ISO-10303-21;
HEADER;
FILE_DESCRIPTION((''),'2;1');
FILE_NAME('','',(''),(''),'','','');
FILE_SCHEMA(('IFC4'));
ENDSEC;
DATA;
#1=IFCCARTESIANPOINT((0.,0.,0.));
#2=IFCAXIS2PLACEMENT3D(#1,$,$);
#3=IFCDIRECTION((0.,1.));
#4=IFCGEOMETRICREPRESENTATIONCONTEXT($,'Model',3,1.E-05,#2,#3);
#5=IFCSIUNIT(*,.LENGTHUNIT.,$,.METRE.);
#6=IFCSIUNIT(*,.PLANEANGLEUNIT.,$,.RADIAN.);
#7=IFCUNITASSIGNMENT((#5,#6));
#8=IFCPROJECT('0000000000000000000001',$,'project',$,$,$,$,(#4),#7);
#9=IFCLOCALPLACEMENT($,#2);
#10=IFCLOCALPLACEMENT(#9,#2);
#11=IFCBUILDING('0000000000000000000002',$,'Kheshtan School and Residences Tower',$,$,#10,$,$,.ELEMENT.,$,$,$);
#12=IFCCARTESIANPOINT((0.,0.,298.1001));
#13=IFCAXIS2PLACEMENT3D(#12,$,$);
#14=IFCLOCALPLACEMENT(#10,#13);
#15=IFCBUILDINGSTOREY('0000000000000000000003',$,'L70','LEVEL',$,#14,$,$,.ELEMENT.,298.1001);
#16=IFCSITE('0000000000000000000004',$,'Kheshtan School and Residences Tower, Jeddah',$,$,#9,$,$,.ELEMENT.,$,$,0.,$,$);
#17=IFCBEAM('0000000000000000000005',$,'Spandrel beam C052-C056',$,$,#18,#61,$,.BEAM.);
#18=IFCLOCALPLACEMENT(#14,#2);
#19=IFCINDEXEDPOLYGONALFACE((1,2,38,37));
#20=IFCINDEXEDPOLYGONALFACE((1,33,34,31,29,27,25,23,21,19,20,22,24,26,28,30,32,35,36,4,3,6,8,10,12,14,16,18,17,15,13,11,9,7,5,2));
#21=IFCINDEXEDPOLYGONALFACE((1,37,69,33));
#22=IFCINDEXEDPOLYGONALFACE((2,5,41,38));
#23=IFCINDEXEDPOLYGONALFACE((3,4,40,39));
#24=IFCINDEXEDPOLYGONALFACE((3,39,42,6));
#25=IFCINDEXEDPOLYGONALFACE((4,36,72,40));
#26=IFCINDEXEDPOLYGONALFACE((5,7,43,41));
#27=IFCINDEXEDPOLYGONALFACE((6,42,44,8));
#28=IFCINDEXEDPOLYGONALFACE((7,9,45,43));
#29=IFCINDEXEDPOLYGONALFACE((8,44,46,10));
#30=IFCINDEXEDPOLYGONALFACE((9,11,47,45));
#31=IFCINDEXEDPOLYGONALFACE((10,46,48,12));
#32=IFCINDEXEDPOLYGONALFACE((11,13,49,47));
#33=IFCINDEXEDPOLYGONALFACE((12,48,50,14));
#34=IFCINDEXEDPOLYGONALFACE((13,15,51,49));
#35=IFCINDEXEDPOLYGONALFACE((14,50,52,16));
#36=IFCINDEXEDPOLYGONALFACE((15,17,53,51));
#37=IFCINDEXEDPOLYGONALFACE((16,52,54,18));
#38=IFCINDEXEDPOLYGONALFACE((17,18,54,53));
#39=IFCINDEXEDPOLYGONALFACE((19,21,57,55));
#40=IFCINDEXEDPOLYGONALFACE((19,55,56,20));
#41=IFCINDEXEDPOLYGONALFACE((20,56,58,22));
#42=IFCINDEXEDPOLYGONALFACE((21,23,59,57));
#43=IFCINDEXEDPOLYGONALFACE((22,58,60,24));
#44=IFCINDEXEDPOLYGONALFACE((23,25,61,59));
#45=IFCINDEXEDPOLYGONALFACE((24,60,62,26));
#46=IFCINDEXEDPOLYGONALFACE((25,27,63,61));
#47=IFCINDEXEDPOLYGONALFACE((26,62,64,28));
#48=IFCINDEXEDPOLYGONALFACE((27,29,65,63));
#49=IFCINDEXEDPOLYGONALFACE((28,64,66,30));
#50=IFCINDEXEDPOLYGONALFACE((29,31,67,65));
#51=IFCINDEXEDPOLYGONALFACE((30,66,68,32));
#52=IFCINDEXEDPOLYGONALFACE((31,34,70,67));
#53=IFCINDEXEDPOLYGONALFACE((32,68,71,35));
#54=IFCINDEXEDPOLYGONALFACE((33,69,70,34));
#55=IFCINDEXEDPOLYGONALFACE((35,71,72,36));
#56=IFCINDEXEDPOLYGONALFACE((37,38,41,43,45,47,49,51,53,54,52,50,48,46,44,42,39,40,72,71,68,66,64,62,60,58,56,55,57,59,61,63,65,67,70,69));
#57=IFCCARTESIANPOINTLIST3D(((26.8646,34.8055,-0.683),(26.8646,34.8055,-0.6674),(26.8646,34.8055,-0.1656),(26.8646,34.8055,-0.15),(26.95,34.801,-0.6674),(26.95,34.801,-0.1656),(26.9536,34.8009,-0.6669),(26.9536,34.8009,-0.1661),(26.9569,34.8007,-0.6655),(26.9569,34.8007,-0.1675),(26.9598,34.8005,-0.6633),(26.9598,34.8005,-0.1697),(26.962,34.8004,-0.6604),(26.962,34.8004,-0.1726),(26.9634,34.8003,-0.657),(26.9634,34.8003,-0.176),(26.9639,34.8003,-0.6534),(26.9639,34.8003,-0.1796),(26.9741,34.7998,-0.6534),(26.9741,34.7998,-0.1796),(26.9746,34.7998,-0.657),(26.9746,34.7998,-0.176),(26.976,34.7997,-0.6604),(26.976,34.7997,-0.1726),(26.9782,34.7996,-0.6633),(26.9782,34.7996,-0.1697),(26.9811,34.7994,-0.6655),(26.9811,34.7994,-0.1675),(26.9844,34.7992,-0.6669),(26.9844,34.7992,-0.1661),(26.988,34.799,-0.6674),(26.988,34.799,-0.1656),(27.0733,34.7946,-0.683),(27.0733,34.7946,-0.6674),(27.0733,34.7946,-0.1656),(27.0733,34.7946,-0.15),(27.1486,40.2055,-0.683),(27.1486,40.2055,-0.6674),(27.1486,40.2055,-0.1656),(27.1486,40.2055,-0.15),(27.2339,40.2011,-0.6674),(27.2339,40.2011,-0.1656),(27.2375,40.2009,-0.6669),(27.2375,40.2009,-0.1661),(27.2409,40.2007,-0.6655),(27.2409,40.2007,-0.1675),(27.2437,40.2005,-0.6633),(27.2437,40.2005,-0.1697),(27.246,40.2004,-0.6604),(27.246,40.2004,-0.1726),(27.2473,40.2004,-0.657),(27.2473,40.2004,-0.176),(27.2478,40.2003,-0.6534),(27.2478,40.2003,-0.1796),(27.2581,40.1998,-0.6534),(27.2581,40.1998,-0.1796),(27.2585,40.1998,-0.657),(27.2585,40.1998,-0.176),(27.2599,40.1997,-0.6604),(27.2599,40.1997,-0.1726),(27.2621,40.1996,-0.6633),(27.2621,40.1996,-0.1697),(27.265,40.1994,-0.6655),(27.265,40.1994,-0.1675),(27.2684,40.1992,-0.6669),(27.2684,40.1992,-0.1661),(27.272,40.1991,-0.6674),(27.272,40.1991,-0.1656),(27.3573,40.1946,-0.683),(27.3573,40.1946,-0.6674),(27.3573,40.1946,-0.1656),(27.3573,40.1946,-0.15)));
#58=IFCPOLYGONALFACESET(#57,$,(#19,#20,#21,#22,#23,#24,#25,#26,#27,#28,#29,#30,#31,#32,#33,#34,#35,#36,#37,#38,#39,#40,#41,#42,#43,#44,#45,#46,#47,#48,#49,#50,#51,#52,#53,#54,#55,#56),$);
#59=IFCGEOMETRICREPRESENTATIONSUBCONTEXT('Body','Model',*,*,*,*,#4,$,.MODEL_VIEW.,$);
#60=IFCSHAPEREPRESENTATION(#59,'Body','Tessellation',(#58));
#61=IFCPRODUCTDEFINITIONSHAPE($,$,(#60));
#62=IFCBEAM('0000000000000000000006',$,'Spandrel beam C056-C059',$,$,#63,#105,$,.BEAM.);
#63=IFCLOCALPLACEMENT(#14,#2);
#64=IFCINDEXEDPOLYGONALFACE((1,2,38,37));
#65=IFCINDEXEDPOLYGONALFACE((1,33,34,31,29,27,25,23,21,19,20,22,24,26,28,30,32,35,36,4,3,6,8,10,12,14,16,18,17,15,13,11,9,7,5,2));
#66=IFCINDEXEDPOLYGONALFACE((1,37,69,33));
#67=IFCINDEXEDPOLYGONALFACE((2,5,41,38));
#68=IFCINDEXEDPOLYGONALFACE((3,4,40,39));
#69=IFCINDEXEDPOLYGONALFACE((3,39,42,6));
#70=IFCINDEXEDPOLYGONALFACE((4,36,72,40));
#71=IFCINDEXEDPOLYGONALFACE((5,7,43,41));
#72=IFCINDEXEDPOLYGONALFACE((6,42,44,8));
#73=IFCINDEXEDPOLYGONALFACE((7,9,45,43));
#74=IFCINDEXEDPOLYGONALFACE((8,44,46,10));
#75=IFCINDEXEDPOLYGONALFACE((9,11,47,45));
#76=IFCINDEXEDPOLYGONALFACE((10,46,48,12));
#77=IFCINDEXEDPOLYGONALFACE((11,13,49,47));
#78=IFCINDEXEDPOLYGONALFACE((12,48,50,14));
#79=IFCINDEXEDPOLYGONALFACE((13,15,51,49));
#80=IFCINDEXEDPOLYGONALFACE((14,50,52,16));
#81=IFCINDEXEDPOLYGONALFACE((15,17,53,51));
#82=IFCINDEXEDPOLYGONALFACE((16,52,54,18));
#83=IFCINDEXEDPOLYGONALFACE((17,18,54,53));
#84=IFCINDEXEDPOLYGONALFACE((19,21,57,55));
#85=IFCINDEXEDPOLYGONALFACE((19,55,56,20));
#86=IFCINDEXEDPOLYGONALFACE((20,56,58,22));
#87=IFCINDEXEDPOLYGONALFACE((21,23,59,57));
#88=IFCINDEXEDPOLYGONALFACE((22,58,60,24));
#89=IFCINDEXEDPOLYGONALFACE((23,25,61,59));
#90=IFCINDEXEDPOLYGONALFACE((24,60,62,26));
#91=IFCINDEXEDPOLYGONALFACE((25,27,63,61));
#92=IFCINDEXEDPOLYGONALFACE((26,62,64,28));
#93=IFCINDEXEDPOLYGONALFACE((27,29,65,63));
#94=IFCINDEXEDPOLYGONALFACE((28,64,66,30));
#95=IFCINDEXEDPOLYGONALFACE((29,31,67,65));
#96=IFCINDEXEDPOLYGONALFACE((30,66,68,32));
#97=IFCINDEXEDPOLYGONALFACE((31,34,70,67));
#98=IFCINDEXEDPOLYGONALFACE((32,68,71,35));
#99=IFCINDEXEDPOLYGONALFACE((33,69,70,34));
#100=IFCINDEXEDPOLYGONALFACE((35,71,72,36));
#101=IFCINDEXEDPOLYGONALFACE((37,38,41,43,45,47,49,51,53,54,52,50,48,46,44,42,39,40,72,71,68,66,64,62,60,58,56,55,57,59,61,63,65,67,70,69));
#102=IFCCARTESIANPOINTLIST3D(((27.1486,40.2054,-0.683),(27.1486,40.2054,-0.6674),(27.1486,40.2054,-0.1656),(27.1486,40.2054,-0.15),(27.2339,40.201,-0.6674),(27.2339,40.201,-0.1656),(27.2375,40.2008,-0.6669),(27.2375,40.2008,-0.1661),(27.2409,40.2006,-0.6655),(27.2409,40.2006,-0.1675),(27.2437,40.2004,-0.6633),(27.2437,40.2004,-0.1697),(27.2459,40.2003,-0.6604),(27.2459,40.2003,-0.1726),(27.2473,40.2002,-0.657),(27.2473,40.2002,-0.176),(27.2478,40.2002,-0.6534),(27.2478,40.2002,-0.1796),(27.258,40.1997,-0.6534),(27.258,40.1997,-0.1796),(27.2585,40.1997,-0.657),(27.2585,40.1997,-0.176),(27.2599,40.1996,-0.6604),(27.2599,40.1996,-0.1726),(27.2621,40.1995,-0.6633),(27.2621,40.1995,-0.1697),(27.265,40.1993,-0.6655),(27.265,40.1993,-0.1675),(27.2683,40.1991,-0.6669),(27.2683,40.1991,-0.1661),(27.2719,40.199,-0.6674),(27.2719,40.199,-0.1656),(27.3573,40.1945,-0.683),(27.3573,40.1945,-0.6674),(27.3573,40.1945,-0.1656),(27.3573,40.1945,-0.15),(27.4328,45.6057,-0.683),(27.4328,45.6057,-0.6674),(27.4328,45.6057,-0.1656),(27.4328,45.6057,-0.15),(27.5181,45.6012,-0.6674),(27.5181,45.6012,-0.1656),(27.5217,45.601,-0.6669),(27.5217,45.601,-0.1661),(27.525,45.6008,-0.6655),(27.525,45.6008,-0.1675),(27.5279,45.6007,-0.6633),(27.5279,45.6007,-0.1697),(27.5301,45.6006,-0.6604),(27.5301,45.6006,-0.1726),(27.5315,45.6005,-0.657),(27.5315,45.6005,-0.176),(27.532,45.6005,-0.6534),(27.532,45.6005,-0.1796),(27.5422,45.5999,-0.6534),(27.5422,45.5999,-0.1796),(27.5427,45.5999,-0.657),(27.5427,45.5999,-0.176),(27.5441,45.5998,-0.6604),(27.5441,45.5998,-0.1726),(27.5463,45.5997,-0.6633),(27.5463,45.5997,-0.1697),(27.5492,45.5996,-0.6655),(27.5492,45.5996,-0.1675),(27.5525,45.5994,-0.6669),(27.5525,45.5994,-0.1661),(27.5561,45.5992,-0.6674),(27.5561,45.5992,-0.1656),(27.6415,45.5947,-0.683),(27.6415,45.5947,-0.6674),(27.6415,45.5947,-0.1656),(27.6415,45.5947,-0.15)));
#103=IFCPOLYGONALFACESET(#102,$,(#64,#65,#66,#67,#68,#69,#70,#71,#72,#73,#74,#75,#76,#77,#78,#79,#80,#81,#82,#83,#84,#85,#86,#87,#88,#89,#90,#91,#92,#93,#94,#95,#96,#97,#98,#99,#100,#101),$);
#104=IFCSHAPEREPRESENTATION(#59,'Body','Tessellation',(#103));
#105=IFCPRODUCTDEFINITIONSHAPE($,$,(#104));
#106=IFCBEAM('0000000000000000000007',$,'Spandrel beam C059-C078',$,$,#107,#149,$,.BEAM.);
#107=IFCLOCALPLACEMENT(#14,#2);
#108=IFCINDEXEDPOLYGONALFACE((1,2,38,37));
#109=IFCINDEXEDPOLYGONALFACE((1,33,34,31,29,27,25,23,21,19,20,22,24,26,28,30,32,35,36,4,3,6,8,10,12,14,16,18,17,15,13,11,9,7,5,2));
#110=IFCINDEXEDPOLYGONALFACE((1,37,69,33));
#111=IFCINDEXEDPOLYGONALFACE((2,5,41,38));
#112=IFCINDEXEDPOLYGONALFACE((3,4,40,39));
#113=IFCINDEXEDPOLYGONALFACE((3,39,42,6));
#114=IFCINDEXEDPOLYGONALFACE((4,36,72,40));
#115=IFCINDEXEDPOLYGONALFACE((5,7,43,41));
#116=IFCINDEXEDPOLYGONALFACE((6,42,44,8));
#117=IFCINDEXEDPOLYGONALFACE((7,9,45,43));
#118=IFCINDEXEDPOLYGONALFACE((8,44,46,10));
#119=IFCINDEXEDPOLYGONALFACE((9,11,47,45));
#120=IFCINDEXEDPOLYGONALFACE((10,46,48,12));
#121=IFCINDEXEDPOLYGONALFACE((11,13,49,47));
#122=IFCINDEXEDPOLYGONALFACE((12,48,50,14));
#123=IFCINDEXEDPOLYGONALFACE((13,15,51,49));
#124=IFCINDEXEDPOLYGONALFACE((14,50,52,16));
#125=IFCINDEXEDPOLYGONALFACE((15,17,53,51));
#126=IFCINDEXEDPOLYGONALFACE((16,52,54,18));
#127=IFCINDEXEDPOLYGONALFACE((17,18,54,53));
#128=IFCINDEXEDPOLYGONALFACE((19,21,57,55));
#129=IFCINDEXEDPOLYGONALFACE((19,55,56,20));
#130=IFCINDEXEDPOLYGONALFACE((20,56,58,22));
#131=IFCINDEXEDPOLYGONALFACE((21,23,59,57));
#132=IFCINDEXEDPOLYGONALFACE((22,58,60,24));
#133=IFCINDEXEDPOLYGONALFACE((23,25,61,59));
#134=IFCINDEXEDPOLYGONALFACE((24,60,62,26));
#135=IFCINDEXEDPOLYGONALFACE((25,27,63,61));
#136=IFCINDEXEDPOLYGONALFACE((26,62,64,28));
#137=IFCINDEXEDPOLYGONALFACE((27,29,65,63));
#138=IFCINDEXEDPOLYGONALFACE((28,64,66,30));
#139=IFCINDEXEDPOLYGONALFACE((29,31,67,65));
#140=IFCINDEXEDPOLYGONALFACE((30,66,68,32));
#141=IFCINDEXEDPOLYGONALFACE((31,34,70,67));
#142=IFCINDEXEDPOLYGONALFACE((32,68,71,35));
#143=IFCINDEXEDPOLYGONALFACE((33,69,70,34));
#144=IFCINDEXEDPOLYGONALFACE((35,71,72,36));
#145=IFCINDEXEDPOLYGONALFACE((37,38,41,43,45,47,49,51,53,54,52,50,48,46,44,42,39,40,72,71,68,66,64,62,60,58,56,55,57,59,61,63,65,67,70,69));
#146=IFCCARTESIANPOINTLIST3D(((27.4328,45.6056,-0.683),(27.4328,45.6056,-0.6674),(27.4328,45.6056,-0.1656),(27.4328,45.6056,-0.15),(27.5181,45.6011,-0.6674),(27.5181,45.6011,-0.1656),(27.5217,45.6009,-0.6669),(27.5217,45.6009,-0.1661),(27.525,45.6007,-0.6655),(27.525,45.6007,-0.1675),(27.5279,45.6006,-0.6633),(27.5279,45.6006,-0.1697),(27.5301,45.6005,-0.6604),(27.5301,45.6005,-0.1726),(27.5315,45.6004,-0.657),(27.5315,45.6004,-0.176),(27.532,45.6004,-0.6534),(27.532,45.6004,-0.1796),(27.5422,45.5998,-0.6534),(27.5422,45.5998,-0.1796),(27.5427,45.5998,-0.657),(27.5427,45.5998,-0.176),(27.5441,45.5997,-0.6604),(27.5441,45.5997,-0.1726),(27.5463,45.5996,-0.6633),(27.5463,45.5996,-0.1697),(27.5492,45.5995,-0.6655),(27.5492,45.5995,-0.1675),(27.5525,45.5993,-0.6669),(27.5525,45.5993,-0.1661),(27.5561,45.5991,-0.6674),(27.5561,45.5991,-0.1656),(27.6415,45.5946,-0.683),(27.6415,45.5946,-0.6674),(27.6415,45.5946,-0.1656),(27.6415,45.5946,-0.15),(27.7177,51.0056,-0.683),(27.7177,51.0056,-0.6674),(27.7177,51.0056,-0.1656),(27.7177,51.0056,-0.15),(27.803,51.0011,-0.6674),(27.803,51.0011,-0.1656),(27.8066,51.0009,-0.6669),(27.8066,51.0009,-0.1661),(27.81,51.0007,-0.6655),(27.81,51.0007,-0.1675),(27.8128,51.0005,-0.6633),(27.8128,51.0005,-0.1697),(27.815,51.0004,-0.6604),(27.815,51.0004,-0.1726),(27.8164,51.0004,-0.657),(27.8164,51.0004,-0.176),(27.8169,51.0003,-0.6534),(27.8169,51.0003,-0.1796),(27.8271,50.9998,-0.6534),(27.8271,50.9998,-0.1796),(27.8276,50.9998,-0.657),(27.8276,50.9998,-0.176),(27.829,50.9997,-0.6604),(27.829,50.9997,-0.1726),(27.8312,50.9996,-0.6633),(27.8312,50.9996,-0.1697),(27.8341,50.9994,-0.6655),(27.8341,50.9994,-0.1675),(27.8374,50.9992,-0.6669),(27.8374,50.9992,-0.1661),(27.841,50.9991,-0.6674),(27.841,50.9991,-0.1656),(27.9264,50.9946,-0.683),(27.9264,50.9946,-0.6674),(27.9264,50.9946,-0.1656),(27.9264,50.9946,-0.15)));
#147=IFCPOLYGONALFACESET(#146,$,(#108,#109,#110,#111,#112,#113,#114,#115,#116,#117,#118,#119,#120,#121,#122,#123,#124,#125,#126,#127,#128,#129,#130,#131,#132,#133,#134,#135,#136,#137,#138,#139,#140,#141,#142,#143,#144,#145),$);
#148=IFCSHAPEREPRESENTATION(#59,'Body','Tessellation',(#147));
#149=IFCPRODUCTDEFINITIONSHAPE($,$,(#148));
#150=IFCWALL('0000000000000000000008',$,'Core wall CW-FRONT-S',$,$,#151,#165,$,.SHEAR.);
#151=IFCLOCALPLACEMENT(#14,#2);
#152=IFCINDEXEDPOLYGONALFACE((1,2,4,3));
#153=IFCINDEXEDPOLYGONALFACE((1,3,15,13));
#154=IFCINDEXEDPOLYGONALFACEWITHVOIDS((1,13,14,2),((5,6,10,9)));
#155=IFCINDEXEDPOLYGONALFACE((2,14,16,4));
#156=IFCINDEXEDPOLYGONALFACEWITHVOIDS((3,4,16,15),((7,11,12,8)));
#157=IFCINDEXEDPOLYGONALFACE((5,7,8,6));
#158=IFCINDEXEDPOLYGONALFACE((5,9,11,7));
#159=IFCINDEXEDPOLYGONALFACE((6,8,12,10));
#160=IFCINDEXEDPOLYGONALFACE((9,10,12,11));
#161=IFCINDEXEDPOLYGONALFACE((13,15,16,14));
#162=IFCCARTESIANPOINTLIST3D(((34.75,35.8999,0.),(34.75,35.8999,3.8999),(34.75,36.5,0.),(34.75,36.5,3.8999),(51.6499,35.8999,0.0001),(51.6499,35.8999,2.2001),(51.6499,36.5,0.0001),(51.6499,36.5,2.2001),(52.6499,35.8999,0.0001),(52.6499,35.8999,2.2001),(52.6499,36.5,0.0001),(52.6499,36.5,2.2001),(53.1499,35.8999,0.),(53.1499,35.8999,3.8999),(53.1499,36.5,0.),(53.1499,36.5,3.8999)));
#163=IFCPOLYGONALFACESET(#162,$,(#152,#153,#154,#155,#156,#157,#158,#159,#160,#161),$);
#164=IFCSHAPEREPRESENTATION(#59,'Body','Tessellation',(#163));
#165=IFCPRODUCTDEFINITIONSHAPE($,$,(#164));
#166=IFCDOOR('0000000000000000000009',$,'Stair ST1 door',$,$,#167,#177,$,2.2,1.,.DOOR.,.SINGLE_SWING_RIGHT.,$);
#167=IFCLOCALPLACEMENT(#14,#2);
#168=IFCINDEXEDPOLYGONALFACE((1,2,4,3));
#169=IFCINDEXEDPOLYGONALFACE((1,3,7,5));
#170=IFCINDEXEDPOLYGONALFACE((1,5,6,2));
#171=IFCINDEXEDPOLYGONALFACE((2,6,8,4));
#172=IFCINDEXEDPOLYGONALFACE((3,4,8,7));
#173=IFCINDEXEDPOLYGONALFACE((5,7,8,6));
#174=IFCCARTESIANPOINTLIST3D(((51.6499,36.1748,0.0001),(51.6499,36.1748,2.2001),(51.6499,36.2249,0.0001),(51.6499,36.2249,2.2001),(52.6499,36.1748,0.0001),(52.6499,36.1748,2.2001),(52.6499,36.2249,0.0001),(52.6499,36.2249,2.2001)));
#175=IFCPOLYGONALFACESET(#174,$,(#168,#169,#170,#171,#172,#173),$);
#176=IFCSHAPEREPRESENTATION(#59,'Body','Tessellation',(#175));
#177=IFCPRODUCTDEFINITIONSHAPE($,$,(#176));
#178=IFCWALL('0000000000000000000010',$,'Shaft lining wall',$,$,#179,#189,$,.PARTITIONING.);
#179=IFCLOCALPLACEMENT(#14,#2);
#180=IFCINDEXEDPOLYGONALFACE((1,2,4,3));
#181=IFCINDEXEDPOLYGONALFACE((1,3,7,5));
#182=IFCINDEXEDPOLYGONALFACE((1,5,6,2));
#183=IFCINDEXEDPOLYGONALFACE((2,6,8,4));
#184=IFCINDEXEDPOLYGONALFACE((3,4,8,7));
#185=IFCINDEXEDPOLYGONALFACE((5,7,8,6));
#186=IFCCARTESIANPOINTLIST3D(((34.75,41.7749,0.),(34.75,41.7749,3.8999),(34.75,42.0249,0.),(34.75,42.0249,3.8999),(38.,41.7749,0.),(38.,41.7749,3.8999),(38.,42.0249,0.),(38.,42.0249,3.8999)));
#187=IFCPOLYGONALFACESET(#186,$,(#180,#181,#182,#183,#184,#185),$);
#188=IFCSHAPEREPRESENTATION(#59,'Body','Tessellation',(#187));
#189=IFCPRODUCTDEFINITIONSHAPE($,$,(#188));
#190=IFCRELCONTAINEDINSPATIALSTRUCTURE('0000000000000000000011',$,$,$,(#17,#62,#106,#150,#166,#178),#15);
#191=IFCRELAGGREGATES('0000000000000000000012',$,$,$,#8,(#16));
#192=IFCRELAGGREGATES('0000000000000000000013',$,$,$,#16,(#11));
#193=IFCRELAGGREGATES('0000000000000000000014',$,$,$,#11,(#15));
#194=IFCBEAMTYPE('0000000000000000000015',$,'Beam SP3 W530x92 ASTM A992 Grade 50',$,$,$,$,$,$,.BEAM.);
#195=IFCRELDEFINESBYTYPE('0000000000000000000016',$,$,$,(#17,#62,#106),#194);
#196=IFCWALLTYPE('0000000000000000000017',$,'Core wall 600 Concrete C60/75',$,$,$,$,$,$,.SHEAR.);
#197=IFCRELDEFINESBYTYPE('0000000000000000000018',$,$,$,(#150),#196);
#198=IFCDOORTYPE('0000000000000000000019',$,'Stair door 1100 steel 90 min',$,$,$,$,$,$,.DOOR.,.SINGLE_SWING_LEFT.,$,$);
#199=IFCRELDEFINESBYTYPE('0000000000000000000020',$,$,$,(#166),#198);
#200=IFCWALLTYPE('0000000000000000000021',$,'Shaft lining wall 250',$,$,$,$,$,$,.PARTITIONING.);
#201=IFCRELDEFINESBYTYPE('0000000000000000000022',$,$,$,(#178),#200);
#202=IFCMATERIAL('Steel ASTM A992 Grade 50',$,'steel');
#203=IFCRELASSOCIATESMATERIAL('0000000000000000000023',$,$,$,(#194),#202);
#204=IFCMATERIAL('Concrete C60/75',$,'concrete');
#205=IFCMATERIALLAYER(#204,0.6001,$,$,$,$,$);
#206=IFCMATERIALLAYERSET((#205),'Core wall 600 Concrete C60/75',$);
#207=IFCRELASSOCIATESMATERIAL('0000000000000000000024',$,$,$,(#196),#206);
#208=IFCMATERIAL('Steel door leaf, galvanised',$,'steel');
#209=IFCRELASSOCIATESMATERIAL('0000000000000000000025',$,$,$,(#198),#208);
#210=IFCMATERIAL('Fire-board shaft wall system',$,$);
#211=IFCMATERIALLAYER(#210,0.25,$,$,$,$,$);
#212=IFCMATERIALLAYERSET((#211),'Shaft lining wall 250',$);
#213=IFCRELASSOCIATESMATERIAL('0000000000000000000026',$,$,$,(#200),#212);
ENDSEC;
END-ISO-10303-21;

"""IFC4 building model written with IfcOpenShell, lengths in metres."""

from ifc_helpers import new_model, si_unit, direction, frame, frame_2d, origin, origin_2d, place, context, subcontext, project, spatial, rectangle, i_section, extrude, source, transform, mapped, material, layer, layer_set, material_profile, profile_set, type_object, element, fill, save


model = new_model("IFC4")

# Units and contexts
model_context = context("Model", 3, precision=1e-05, world=origin(), true_north=direction((0.0, 1.0)))
body_context = subcontext(model_context, "Body", "Model", "MODEL_VIEW")
ifc_project = project(units=[si_unit("LENGTHUNIT", "METRE"), si_unit("PLANEANGLEUNIT", "RADIAN")], contexts=[model_context])

# Site, building, storey
site_placement = place(None, origin())
site = spatial("IfcSite", under=ifc_project, at=site_placement, Name="Kheshtan School and Residences Tower, Jeddah", CompositionType="ELEMENT", RefElevation=0.0)
building_placement = place(site_placement, origin())
building = spatial("IfcBuilding", under=site, at=building_placement, Name="Kheshtan School and Residences Tower", CompositionType="ELEMENT")
storey_placement = place(building_placement, frame((0.0, 0.0, 298.1001)))
storey = spatial("IfcBuildingStorey", under=building, at=storey_placement, Name="L70", Description="LEVEL", CompositionType="ELEMENT", Elevation=298.1001)

# Shared definitions
ifc_material_1 = material(Name="Steel ASTM A992 Grade 50", Category="steel")

# Beams
ifc_material_profile_1 = material_profile(ifc_material_1, i_section(OverallWidth=0.209, OverallDepth=0.533, WebThickness=0.0103, FlangeThickness=0.0156, FilletRadius=0.0139, at=origin_2d()), Name="W530x92")
ifc_profile_set_1 = profile_set([ifc_material_profile_1], Name="Steel ASTM A992 Grade 50")
beam_type_1 = type_object("IfcBeamType", Name="Beam SP3 W530x92 ASTM A992 Grade 50", PredefinedType="BEAM", material=ifc_profile_set_1)
beam_1_placement = place(storey_placement, frame((26.969, 34.8, -0.4165), z_axis=(0.052509, 0.99862, 0.0), x_axis=(-0.99862, 0.052509, 0.0)))
element("IfcBeam", 1, at=beam_1_placement, inside=storey, type_object=beam_type_1, Name="Spandrel beam C052-C056", PredefinedType="BEAM", context=body_context, shape_type="SweptSolid", body=[
    extrude(i_section(OverallWidth=0.209, OverallDepth=0.533, WebThickness=0.0103, FlangeThickness=0.0156, FilletRadius=0.0139, at=origin_2d()), origin(), (0.0, 0.0, 1.0), 5.4075),
])
beam_2_placement = place(storey_placement, frame((27.2529, 40.2, -0.4165), z_axis=(0.052552, 0.998618, 0.0), x_axis=(-0.998618, 0.052552, 0.0)))
element("IfcBeam", 2, at=beam_2_placement, inside=storey, type_object=beam_type_1, Name="Spandrel beam C056-C059", PredefinedType="BEAM", context=body_context, shape_type="SweptSolid", body=[
    extrude(i_section(OverallWidth=0.209, OverallDepth=0.533, WebThickness=0.0103, FlangeThickness=0.0156, FilletRadius=0.0139, at=origin_2d()), origin(), (0.0, 0.0, 1.0), 5.4077),
])
beam_3_placement = place(storey_placement, frame((27.5371, 45.6001, -0.4165), z_axis=(0.052689, 0.998611, 0.0), x_axis=(-0.998611, 0.052689, 0.0)))
element("IfcBeam", 3, at=beam_3_placement, inside=storey, type_object=beam_type_1, Name="Spandrel beam C059-C078", PredefinedType="BEAM", context=body_context, shape_type="SweptSolid", body=[
    extrude(i_section(OverallWidth=0.209, OverallDepth=0.533, WebThickness=0.0103, FlangeThickness=0.0156, FilletRadius=0.0139, at=origin_2d()), origin(), (0.0, 0.0, 1.0), 5.4075),
])

# Wall, opening, door
ifc_material_2 = material(Name="Concrete C60/75", Category="concrete")
ifc_layer_1 = layer(ifc_material_2, 0.6001)
ifc_layer_set_1 = layer_set([ifc_layer_1], Name="Core wall 600 Concrete C60/75")
wall_type_1 = type_object("IfcWallType", Name="Core wall 600 Concrete C60/75", PredefinedType="SHEAR", material=ifc_layer_set_1)
wall_1_placement = place(storey_placement, frame((34.75, 36.2, 0.0), z_axis=(0.0, 0.0, 1.0), x_axis=(1.0, 0.0, 0.0)))
wall_1 = element("IfcWall", 4, at=wall_1_placement, inside=storey, type_object=wall_type_1, Name="Core wall CW-FRONT-S", PredefinedType="SHEAR", context=body_context, shape_type="SweptSolid", body=[
    extrude(rectangle(XDim=18.3999, YDim=0.6001, at=frame_2d((9.2, 0.0))), origin(), (0.0, 0.0, 1.0), 3.8999),
])
opening_placement = place(wall_1_placement, frame((16.8999, 0.0, 0.0)))
opening = element("IfcOpeningElement", 5, at=opening_placement, cuts=wall_1, PredefinedType="OPENING", context=body_context, shape_type="SweptSolid", body=[
    extrude(rectangle(XDim=1.0, YDim=2.2, at=frame_2d((0.5, 1.1001))), frame((0.0, 0.3101, 0.0), z_axis=(0.0, -1.0, 0.0), x_axis=(1.0, 0.0, 0.0)), (0.0, 0.0, 1.0), 0.6201),
])
ifc_material_3 = material(Name="Steel door leaf, galvanised", Category="steel")
door_type = type_object("IfcDoorType", Name="Stair door 1100 steel 90 min", OperationType="SINGLE_SWING_LEFT", PredefinedType="DOOR", material=ifc_material_3)
shared_shape = source(origin(), body_context, "Body", "SweptSolid", [
    extrude(rectangle(XDim=1.0, YDim=2.2, at=frame_2d((0.5, 1.1001))), frame((0.0, 0.0249, 0.0), z_axis=(0.0, -1.0, 0.0), x_axis=(1.0, 0.0, 0.0)), (0.0, 0.0, 1.0), 0.05),
])
door_placement = place(opening_placement, origin())
door = element("IfcDoor", 6, at=door_placement, inside=storey, type_object=door_type, Name="Stair ST1 door", OperationType="SINGLE_SWING_RIGHT", OverallHeight=2.2, OverallWidth=1.0, PredefinedType="DOOR", context=body_context, shape_type="MappedRepresentation", body=[
    mapped(shared_shape, transform((0.0, 0.0, 0.0), x_axis=(1.0, 0.0, 0.0), y_axis=(0.0, 1.0, 0.0), z_axis=(0.0, 0.0, 1.0), scale=1.0)),
])
fill(opening, door)

# Wall
ifc_material_4 = material(Name="Fire-board shaft wall system")
ifc_layer_2 = layer(ifc_material_4, 0.25)
ifc_layer_set_2 = layer_set([ifc_layer_2], Name="Shaft lining wall 250")
wall_type_2 = type_object("IfcWallType", Name="Shaft lining wall 250", PredefinedType="PARTITIONING", material=ifc_layer_set_2)
wall_2_placement = place(storey_placement, frame((34.75, 41.8999, 0.0), z_axis=(0.0, 0.0, 1.0), x_axis=(1.0, 0.0, 0.0)))
element("IfcWall", 7, at=wall_2_placement, inside=storey, type_object=wall_type_2, Name="Shaft lining wall", PredefinedType="PARTITIONING", context=body_context, shape_type="SweptSolid", body=[
    extrude(rectangle(XDim=3.25, YDim=0.25, at=frame_2d((1.625, 0.0))), origin(), (0.0, 0.0, 1.0), 3.8999),
])

save(model, "model.ifc")
